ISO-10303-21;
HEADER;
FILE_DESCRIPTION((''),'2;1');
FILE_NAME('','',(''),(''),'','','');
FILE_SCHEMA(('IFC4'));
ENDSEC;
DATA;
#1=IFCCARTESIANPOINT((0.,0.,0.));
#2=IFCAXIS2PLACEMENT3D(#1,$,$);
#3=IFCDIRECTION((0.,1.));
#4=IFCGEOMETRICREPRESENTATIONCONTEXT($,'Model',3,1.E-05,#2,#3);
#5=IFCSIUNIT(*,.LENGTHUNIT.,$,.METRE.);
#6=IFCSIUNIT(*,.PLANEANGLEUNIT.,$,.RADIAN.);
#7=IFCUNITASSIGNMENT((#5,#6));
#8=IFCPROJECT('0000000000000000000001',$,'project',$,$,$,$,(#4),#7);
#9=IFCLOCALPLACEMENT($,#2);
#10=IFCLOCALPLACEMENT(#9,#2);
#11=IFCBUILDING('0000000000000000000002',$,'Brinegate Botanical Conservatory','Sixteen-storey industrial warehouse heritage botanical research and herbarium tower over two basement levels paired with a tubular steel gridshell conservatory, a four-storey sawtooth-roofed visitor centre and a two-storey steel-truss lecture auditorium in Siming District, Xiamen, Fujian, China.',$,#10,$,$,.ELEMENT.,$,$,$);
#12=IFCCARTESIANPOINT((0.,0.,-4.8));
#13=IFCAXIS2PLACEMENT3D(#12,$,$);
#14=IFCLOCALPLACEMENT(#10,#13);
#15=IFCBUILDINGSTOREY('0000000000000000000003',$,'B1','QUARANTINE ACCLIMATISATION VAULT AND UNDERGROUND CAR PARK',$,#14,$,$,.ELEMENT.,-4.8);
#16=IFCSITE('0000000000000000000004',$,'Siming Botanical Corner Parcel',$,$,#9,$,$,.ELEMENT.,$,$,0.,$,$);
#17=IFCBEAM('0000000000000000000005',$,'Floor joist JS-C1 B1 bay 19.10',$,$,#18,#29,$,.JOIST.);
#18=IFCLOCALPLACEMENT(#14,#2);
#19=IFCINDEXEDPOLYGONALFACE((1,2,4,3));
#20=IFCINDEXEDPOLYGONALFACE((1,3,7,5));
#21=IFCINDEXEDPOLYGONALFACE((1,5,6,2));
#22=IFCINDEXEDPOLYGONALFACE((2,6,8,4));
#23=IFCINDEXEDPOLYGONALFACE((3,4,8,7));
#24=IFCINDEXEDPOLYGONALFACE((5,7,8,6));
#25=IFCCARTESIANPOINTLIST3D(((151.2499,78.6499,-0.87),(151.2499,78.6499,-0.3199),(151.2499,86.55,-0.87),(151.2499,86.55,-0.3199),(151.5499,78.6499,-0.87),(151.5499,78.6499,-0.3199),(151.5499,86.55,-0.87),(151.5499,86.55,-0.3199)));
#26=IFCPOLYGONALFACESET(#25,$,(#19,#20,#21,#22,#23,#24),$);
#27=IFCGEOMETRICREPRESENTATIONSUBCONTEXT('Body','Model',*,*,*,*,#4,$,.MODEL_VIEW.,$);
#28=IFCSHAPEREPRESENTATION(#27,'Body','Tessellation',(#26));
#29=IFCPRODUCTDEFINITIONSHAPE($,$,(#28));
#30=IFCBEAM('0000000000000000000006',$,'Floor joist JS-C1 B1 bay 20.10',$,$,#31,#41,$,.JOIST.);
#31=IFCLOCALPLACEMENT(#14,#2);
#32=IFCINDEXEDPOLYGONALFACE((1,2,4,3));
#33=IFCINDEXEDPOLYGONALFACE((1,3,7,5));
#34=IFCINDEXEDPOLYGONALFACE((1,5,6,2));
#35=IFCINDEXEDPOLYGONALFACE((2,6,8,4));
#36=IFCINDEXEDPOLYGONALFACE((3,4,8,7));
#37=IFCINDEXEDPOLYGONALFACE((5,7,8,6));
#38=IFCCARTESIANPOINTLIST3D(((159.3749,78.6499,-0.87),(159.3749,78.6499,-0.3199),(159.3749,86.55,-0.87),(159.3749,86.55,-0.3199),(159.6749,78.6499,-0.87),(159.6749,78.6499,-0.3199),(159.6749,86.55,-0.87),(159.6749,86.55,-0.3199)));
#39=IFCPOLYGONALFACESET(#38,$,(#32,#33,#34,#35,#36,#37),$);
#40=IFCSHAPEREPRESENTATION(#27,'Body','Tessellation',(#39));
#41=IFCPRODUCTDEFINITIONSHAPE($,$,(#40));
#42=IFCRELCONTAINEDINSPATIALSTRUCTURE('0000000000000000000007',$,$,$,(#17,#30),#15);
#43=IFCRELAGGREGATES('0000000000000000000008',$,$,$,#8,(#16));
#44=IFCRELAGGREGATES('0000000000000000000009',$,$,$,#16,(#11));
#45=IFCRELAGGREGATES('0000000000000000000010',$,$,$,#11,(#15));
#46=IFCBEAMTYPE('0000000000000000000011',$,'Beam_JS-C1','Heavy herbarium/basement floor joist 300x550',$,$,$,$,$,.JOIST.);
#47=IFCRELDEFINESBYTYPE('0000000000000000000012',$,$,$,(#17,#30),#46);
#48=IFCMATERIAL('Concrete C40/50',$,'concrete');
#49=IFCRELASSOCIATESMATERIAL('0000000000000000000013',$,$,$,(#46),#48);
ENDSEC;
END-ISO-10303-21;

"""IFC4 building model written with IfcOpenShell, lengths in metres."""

from ifc_helpers import new_model, si_unit, direction, frame, origin, origin_2d, place, context, subcontext, project, spatial, rectangle, extrude, material, material_profile, profile_set, type_object, element, save


model = new_model("IFC4")

# Units and contexts
model_context = context("Model", 3, precision=1e-05, world=origin(), true_north=direction((0.0, 1.0)))
body_context = subcontext(model_context, "Body", "Model", "MODEL_VIEW")
ifc_project = project(units=[si_unit("LENGTHUNIT", "METRE"), si_unit("PLANEANGLEUNIT", "RADIAN")], contexts=[model_context])

# Site, building, storey
site_placement = place(None, origin())
site = spatial("IfcSite", under=ifc_project, at=site_placement, Name="Siming Botanical Corner Parcel", CompositionType="ELEMENT", RefElevation=0.0)
building_placement = place(site_placement, origin())
building = spatial("IfcBuilding", under=site, at=building_placement, Name="Brinegate Botanical Conservatory", Description="Sixteen-storey industrial warehouse heritage botanical research and herbarium tower over two basement levels paired with a tubular steel gridshell conservatory, a four-storey sawtooth-roofed visitor centre and a two-storey steel-truss lecture auditorium in Siming District, Xiamen, Fujian, China.", CompositionType="ELEMENT")
storey_placement = place(building_placement, frame((0.0, 0.0, -4.8)))
storey = spatial("IfcBuildingStorey", under=building, at=storey_placement, Name="B1", Description="QUARANTINE ACCLIMATISATION VAULT AND UNDERGROUND CAR PARK", CompositionType="ELEMENT", Elevation=-4.8)

# Beams
ifc_material_1 = material(Name="Concrete C40/50", Category="concrete")
ifc_material_profile_1 = material_profile(ifc_material_1, rectangle(XDim=0.3, YDim=0.55, at=origin_2d()), Name="RC JST 300x550")
ifc_profile_set_1 = profile_set([ifc_material_profile_1], Name="Concrete C40/50")
beam_type_1 = type_object("IfcBeamType", Name="Beam_JS-C1", Description="Heavy herbarium/basement floor joist 300x550", PredefinedType="JOIST", material=ifc_profile_set_1)
for number, where, z_axis, x_axis, name in (
    (1, (151.3999, 78.6499, -0.595), (0.0, 1.0, 0.0), (-1.0, 0.0, 0.0), "Floor joist JS-C1 B1 bay 19.10"),
    (2, (159.5249, 78.6499, -0.595), (0.0, 1.0, 0.0), (-1.0, 0.0, 0.0), "Floor joist JS-C1 B1 bay 20.10"),
):
    element("IfcBeam", number, at=place(storey_placement, frame(where, z_axis=z_axis, x_axis=x_axis)), inside=storey, type_object=beam_type_1, Name=name, PredefinedType="JOIST", context=body_context, shape_type="SweptSolid", body=[
        extrude(rectangle(XDim=0.3, YDim=0.55, at=origin_2d()), origin(), (0.0, 0.0, 1.0), 7.9001),
    ])

save(model, "model.ifc")
